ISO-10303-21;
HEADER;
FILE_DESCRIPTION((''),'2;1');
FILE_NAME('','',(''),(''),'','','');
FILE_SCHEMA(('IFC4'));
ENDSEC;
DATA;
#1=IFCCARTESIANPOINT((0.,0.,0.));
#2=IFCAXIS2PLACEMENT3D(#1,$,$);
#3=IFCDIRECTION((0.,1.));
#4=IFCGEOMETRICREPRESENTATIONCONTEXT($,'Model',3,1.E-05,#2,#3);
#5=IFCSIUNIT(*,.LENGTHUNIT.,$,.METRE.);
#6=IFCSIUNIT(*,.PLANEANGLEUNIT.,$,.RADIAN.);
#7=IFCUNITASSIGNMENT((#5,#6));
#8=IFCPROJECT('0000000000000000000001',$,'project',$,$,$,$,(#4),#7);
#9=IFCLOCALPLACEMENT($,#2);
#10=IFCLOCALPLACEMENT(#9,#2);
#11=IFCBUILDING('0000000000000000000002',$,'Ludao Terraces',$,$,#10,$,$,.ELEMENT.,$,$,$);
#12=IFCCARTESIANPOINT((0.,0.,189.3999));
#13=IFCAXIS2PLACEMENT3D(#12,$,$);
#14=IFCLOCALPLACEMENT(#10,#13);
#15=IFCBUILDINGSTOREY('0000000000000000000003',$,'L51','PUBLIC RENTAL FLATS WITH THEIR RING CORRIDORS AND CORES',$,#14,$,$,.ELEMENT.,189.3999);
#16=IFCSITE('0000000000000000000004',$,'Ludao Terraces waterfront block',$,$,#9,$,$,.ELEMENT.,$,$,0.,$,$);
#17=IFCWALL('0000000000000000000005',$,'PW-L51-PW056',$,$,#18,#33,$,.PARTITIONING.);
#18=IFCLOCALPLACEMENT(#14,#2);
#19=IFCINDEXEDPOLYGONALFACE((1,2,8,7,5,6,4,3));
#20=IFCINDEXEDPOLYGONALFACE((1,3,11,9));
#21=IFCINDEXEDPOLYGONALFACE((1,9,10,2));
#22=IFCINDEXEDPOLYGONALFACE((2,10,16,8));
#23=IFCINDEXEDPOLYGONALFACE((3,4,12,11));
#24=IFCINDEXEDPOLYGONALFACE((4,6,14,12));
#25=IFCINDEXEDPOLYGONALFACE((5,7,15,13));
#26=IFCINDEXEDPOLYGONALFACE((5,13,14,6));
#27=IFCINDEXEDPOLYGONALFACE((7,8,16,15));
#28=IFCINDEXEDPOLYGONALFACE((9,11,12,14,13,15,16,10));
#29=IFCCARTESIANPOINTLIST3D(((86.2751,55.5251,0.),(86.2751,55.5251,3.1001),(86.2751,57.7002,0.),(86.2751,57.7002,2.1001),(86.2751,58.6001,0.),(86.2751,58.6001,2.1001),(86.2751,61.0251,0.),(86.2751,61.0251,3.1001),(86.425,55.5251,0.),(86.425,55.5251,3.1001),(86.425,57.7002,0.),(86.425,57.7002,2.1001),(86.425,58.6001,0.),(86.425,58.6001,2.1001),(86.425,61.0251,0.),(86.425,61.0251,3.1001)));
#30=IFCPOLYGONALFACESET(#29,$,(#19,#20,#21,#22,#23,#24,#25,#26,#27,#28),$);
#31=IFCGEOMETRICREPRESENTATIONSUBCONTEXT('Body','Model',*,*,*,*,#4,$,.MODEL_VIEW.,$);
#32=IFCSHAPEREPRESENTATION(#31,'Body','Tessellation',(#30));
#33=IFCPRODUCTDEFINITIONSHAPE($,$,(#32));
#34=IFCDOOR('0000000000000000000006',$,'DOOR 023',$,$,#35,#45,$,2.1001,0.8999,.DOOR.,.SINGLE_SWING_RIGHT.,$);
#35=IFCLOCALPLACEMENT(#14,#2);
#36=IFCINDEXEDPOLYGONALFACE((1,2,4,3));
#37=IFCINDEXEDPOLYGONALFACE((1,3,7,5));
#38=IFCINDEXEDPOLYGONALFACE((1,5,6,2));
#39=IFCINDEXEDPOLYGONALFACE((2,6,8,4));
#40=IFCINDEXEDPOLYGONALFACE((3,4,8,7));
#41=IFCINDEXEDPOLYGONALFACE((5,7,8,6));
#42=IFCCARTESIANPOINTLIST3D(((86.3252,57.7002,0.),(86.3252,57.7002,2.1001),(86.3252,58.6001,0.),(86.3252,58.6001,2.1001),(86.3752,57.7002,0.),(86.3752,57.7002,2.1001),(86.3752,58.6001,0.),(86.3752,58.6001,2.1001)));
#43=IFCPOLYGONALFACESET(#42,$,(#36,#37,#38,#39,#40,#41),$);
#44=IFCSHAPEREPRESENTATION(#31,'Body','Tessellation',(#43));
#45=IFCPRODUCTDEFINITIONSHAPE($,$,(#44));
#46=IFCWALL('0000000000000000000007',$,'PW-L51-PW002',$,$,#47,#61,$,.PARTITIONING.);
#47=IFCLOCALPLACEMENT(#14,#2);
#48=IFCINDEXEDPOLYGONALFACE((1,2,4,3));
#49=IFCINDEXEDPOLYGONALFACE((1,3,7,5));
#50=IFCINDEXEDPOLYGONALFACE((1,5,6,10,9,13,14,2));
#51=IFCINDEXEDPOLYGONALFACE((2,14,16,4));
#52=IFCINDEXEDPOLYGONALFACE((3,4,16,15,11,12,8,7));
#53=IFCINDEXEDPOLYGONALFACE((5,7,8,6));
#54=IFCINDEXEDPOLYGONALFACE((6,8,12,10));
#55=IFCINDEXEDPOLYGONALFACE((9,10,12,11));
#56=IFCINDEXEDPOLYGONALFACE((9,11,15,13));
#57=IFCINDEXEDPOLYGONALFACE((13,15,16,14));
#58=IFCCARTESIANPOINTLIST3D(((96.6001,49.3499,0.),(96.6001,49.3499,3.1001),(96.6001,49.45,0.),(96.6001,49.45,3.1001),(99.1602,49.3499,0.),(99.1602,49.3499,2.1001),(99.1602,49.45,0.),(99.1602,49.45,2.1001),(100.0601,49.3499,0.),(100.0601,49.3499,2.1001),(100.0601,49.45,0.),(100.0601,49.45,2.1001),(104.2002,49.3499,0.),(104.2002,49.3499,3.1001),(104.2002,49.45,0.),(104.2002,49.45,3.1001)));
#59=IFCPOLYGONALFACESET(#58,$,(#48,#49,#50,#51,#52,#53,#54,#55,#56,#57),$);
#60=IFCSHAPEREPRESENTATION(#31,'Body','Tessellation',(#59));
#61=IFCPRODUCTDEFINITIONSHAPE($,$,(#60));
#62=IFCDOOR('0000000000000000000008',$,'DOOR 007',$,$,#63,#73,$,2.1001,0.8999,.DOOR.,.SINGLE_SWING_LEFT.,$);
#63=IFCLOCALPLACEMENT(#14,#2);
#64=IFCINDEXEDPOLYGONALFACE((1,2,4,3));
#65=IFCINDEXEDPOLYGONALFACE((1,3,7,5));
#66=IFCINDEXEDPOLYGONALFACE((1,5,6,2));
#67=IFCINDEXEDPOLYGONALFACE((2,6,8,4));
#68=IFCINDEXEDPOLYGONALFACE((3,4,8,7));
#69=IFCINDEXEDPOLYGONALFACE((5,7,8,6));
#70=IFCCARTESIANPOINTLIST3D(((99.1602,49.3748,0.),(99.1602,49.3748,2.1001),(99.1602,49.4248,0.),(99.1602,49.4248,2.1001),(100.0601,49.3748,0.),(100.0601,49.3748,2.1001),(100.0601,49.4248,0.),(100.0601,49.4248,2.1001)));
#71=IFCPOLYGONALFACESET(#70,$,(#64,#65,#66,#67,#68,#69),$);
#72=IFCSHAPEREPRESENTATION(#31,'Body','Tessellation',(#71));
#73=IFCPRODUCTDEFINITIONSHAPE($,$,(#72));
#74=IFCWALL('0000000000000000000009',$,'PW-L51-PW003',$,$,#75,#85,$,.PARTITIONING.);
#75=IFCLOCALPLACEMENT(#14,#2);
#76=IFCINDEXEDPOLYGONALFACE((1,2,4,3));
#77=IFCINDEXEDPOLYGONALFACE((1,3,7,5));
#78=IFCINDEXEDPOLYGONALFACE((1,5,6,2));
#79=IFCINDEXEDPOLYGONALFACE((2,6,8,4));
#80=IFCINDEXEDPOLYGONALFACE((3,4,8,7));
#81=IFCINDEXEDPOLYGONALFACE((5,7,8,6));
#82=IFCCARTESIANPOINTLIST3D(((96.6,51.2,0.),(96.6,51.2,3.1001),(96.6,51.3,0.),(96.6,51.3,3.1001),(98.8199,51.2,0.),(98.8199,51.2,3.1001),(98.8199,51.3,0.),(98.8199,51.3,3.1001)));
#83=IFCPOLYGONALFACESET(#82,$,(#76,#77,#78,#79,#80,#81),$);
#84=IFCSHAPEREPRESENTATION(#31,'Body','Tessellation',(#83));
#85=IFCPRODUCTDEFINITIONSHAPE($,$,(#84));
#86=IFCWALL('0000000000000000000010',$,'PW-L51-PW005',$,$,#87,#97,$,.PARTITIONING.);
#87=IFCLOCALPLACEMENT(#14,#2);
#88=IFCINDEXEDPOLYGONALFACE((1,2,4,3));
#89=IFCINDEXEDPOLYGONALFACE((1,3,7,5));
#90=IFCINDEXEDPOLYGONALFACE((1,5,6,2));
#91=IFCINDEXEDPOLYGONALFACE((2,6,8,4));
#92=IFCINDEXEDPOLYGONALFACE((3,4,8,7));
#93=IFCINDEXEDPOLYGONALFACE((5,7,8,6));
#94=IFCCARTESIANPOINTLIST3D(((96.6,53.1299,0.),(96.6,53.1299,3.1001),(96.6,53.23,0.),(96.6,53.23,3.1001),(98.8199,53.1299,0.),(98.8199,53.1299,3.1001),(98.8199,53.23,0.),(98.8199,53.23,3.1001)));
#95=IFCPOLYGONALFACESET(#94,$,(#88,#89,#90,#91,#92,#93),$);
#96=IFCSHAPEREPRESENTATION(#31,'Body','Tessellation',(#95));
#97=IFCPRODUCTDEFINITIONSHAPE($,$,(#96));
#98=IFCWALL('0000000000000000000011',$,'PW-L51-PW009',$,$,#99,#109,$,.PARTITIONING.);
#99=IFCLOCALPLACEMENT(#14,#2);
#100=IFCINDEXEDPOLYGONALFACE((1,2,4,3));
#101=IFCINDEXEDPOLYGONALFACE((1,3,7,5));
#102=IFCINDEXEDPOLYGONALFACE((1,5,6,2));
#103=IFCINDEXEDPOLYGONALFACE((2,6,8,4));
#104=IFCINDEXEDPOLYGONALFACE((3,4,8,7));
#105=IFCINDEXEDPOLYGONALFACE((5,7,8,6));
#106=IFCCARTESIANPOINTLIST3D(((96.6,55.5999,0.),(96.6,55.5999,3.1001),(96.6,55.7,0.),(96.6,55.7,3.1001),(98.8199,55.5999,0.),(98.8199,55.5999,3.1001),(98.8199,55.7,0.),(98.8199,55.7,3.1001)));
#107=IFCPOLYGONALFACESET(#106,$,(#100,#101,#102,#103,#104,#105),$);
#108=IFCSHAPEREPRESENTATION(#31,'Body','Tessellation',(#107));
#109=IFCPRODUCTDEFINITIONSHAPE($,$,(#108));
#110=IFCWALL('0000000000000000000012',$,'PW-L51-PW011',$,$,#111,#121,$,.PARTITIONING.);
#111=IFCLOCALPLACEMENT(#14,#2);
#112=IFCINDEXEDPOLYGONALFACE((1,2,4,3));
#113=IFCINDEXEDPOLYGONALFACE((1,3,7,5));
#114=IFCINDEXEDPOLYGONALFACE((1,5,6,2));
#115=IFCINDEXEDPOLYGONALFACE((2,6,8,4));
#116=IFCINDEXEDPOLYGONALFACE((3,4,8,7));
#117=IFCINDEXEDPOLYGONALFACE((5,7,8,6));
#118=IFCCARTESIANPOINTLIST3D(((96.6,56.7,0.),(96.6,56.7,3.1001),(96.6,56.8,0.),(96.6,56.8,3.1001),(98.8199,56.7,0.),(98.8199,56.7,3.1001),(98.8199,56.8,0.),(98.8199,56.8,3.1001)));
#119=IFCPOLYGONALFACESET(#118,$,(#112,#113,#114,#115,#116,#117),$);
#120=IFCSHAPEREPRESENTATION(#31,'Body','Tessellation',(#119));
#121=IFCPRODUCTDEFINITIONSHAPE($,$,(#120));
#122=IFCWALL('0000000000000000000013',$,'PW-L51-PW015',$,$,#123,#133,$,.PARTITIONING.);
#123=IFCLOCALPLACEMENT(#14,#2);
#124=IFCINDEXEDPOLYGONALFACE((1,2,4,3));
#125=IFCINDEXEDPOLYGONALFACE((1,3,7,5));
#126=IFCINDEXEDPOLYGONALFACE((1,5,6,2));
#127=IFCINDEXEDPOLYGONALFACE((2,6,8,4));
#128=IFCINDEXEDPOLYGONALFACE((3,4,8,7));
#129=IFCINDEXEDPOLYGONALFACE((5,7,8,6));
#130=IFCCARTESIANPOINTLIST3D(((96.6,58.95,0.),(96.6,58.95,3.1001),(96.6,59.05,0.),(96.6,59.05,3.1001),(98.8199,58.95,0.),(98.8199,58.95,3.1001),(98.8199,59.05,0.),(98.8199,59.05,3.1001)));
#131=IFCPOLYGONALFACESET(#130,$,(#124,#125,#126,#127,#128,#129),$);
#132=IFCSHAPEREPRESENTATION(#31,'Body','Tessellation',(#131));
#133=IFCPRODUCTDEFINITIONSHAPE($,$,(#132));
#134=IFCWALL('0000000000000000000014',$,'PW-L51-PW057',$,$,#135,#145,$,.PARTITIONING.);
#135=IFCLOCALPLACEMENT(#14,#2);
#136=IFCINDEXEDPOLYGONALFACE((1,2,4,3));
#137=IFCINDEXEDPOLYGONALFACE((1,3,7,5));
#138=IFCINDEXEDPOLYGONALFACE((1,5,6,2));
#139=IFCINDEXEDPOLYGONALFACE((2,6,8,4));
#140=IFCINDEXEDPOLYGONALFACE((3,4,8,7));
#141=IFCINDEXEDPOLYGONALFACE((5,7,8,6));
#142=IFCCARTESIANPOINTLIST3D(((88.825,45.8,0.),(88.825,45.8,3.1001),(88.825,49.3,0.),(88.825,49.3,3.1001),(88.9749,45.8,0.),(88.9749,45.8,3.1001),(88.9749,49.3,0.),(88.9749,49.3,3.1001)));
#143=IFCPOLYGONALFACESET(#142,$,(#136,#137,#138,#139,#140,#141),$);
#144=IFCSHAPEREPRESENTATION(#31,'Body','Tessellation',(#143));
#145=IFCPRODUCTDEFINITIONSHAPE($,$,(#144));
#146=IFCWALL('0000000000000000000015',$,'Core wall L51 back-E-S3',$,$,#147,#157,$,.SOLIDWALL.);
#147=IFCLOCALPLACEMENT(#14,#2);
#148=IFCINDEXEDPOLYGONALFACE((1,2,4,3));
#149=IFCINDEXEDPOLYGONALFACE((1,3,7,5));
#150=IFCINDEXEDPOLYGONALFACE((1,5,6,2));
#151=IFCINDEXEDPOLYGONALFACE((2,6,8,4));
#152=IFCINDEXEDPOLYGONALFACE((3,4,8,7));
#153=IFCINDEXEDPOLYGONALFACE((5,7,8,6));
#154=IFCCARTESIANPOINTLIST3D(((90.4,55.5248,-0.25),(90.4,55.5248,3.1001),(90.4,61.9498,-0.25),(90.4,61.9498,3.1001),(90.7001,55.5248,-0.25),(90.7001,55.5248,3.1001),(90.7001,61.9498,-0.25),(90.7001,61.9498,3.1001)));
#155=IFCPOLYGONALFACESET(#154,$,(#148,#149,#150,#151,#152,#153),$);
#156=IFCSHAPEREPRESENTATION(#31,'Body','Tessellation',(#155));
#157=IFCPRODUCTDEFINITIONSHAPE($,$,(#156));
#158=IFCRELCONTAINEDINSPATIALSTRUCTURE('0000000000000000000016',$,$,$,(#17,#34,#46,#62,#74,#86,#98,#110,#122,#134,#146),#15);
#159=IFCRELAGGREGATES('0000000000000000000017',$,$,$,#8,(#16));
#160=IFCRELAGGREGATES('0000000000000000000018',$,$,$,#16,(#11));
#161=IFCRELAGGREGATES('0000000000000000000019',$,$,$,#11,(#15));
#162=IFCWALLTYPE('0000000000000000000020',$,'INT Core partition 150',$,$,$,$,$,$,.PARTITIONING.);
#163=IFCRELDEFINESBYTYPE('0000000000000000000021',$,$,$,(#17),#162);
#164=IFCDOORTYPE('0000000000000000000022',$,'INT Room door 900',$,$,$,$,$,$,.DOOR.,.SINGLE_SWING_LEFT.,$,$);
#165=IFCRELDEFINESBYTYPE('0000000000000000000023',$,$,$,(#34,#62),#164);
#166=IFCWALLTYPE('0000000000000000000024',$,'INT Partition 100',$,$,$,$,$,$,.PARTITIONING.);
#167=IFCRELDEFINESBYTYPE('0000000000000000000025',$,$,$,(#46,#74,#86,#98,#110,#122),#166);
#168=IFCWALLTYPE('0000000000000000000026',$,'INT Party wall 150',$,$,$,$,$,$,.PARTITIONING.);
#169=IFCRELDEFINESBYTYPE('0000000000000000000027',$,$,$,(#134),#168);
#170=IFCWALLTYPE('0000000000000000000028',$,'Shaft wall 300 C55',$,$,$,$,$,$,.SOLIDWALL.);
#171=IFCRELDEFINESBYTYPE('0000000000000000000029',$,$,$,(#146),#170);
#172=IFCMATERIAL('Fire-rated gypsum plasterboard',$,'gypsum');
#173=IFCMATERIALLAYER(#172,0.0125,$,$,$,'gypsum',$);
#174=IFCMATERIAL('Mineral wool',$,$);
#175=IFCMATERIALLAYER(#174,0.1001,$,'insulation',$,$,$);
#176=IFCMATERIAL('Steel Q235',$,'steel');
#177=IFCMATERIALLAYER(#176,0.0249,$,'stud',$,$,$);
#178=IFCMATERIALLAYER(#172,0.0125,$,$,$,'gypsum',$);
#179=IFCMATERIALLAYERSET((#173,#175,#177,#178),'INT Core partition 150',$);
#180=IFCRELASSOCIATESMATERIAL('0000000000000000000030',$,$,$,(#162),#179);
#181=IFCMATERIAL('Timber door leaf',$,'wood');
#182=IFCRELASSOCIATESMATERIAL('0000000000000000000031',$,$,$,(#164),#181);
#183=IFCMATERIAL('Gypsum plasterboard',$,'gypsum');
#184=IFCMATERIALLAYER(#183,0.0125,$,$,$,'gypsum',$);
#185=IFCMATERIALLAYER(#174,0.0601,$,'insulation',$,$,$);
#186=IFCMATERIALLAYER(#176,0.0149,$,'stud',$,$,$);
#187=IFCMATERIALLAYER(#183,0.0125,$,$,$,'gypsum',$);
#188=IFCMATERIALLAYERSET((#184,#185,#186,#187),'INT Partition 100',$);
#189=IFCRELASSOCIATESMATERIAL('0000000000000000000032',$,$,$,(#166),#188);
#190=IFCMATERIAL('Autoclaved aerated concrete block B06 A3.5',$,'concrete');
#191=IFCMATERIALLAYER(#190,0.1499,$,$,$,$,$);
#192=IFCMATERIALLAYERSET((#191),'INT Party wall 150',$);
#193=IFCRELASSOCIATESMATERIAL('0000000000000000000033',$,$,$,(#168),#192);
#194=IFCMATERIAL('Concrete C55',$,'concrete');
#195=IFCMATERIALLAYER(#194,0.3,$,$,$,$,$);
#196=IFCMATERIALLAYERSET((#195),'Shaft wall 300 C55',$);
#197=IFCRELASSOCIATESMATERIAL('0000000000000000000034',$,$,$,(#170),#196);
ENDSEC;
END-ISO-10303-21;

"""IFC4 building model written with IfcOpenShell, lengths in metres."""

from ifc_helpers import new_model, si_unit, direction, frame, frame_2d, origin, place, context, subcontext, project, spatial, rectangle, extrude, material, layer, layer_set, type_object, element, fill, save


model = new_model("IFC4")

# Units and contexts
model_context = context("Model", 3, precision=1e-05, world=origin(), true_north=direction((0.0, 1.0)))
body_context = subcontext(model_context, "Body", "Model", "MODEL_VIEW")
ifc_project = project(units=[si_unit("LENGTHUNIT", "METRE"), si_unit("PLANEANGLEUNIT", "RADIAN")], contexts=[model_context])

# Site, building, storey
site_placement = place(None, origin())
site = spatial("IfcSite", under=ifc_project, at=site_placement, Name="Ludao Terraces waterfront block", CompositionType="ELEMENT", RefElevation=0.0)
building_placement = place(site_placement, origin())
building = spatial("IfcBuilding", under=site, at=building_placement, Name="Ludao Terraces", CompositionType="ELEMENT")
storey_placement = place(building_placement, frame((0.0, 0.0, 189.3999)))
storey = spatial("IfcBuildingStorey", under=building, at=storey_placement, Name="L51", Description="PUBLIC RENTAL FLATS WITH THEIR RING CORRIDORS AND CORES", CompositionType="ELEMENT", Elevation=189.3999)

# Shared definitions
ifc_material_1 = material(Name="Steel Q235", Category="steel")

# Shared definitions
ifc_material_2 = material(Name="Mineral wool")

# Walls, openings, doors
ifc_material_3 = material(Name="Fire-rated gypsum plasterboard", Category="gypsum")
ifc_layer_1 = layer(ifc_material_3, 0.0125, Category="gypsum")
ifc_layer_2 = layer(ifc_material_2, 0.1001, Name="insulation")
ifc_layer_3 = layer(ifc_material_1, 0.0249, Name="stud")
ifc_layer_4 = layer(ifc_material_3, 0.0125, Category="gypsum")
ifc_layer_set_1 = layer_set([ifc_layer_1, ifc_layer_2, ifc_layer_3, ifc_layer_4], Name="INT Core partition 150")
wall_type_1 = type_object("IfcWallType", Name="INT Core partition 150", PredefinedType="PARTITIONING", material=ifc_layer_set_1)
wall_1_placement = place(storey_placement, frame((86.3501, 55.5251, 0.0), z_axis=(0.0, 0.0, 1.0), x_axis=(0.0, 1.0, 0.0)))
wall_1 = element("IfcWall", 1, at=wall_1_placement, inside=storey, type_object=wall_type_1, Name="PW-L51-PW056", PredefinedType="PARTITIONING", context=body_context, shape_type="SweptSolid", body=[
    extrude(rectangle(XDim=5.5, YDim=0.1499, at=frame_2d((2.75, 0.0))), origin(), (0.0, 0.0, 1.0), 3.1001),
])
opening_1_placement = place(wall_1_placement, frame((2.175, 0.0, 0.0)))
opening_1 = element("IfcOpeningElement", 2, at=opening_1_placement, cuts=wall_1, PredefinedType="OPENING", context=body_context, shape_type="SweptSolid", body=[
    extrude(rectangle(XDim=0.8999, YDim=2.1001, at=frame_2d((0.45, 1.05))), frame((0.0, 0.085, 0.0), z_axis=(0.0, -1.0, 0.0), x_axis=(1.0, 0.0, 0.0)), (0.0, 0.0, 1.0), 0.1699),
])
ifc_material_4 = material(Name="Timber door leaf", Category="wood")
door_type_1 = type_object("IfcDoorType", Name="INT Room door 900", OperationType="SINGLE_SWING_LEFT", PredefinedType="DOOR", material=ifc_material_4)
door_1_placement = place(opening_1_placement, origin())
door_1 = element("IfcDoor", 3, at=door_1_placement, inside=storey, type_object=door_type_1, Name="DOOR 023", OperationType="SINGLE_SWING_RIGHT", OverallHeight=2.1001, OverallWidth=0.8999, PredefinedType="DOOR", context=body_context, shape_type="SweptSolid", body=[
    extrude(rectangle(XDim=0.8999, YDim=2.1001, at=frame_2d((0.45, 1.05))), frame((0.0, 0.0249, 0.0), z_axis=(0.0, -1.0, 0.0), x_axis=(1.0, 0.0, 0.0)), (0.0, 0.0, 1.0), 0.05),
])
fill(opening_1, door_1)
ifc_material_5 = material(Name="Gypsum plasterboard", Category="gypsum")
ifc_layer_5 = layer(ifc_material_5, 0.0125, Category="gypsum")
ifc_layer_6 = layer(ifc_material_2, 0.0601, Name="insulation")
ifc_layer_7 = layer(ifc_material_1, 0.0149, Name="stud")
ifc_layer_8 = layer(ifc_material_5, 0.0125, Category="gypsum")
ifc_layer_set_2 = layer_set([ifc_layer_5, ifc_layer_6, ifc_layer_7, ifc_layer_8], Name="INT Partition 100")
wall_type_2 = type_object("IfcWallType", Name="INT Partition 100", PredefinedType="PARTITIONING", material=ifc_layer_set_2)
wall_2_placement = place(storey_placement, frame((96.6001, 49.3999, 0.0), z_axis=(0.0, 0.0, 1.0), x_axis=(1.0, 0.0, 0.0)))
wall_2 = element("IfcWall", 4, at=wall_2_placement, inside=storey, type_object=wall_type_2, Name="PW-L51-PW002", PredefinedType="PARTITIONING", context=body_context, shape_type="SweptSolid", body=[
    extrude(rectangle(XDim=7.6001, YDim=0.1001, at=frame_2d((3.8, 0.0))), origin(), (0.0, 0.0, 1.0), 3.1001),
])
opening_2_placement = place(wall_2_placement, frame((2.5601, 0.0, 0.0)))
opening_2 = element("IfcOpeningElement", 5, at=opening_2_placement, cuts=wall_2, PredefinedType="OPENING", context=body_context, shape_type="SweptSolid", body=[
    extrude(rectangle(XDim=0.8999, YDim=2.1001, at=frame_2d((0.45, 1.05))), frame((0.0, 0.0601, 0.0), z_axis=(0.0, -1.0, 0.0), x_axis=(1.0, 0.0, 0.0)), (0.0, 0.0, 1.0), 0.1201),
])
door_2_placement = place(opening_2_placement, origin())
door_2 = element("IfcDoor", 6, at=door_2_placement, inside=storey, type_object=door_type_1, Name="DOOR 007", OperationType="SINGLE_SWING_LEFT", OverallHeight=2.1001, OverallWidth=0.8999, PredefinedType="DOOR", context=body_context, shape_type="SweptSolid", body=[
    extrude(rectangle(XDim=0.8999, YDim=2.1001, at=frame_2d((0.45, 1.05))), frame((0.0, 0.0249, 0.0), z_axis=(0.0, -1.0, 0.0), x_axis=(1.0, 0.0, 0.0)), (0.0, 0.0, 1.0), 0.05),
])
fill(opening_2, door_2)

# Walls
for number, where, z_axis, x_axis, name in (
    (7, (96.6001, 51.25, 0.0), (0.0, 0.0, 1.0), (1.0, 0.0, 0.0), "PW-L51-PW003"),
    (8, (96.6001, 53.1799, 0.0), (0.0, 0.0, 1.0), (1.0, 0.0, 0.0), "PW-L51-PW005"),
    (9, (96.6001, 55.6499, 0.0), (0.0, 0.0, 1.0), (1.0, 0.0, 0.0), "PW-L51-PW009"),
    (10, (96.6001, 56.75, 0.0), (0.0, 0.0, 1.0), (1.0, 0.0, 0.0), "PW-L51-PW011"),
    (11, (96.6001, 59.0, 0.0), (0.0, 0.0, 1.0), (1.0, 0.0, 0.0), "PW-L51-PW015"),
):
    element("IfcWall", number, at=place(storey_placement, frame(where, z_axis=z_axis, x_axis=x_axis)), inside=storey, type_object=wall_type_2, Name=name, PredefinedType="PARTITIONING", context=body_context, shape_type="SweptSolid", body=[
        extrude(rectangle(XDim=2.22, YDim=0.1001, at=frame_2d((1.1099, 0.0))), origin(), (0.0, 0.0, 1.0), 3.1001),
    ])
ifc_material_6 = material(Name="Autoclaved aerated concrete block B06 A3.5", Category="concrete")
ifc_layer_9 = layer(ifc_material_6, 0.1499)
ifc_layer_set_3 = layer_set([ifc_layer_9], Name="INT Party wall 150")
wall_type_3 = type_object("IfcWallType", Name="INT Party wall 150", PredefinedType="PARTITIONING", material=ifc_layer_set_3)
wall_3_placement = place(storey_placement, frame((88.8999, 45.8, 0.0), z_axis=(0.0, 0.0, 1.0), x_axis=(0.0, 1.0, 0.0)))
element("IfcWall", 12, at=wall_3_placement, inside=storey, type_object=wall_type_3, Name="PW-L51-PW057", PredefinedType="PARTITIONING", context=body_context, shape_type="SweptSolid", body=[
    extrude(rectangle(XDim=3.5, YDim=0.1499, at=frame_2d((1.75, 0.0))), origin(), (0.0, 0.0, 1.0), 3.1001),
])
ifc_material_7 = material(Name="Concrete C55", Category="concrete")
ifc_layer_10 = layer(ifc_material_7, 0.3)
ifc_layer_set_4 = layer_set([ifc_layer_10], Name="Shaft wall 300 C55")
wall_type_4 = type_object("IfcWallType", Name="Shaft wall 300 C55", PredefinedType="SOLIDWALL", material=ifc_layer_set_4)
wall_4_placement = place(storey_placement, frame((90.55, 55.5249, -0.25), z_axis=(0.0, 0.0, 1.0), x_axis=(0.0, 1.0, 0.0)))
element("IfcWall", 13, at=wall_4_placement, inside=storey, type_object=wall_type_4, Name="Core wall L51 back-E-S3", PredefinedType="SOLIDWALL", context=body_context, shape_type="SweptSolid", body=[
    extrude(rectangle(XDim=6.425, YDim=0.3, at=frame_2d((3.2124, 0.0))), origin(), (0.0, 0.0, 1.0), 3.3501),
])

save(model, "model.ifc")
